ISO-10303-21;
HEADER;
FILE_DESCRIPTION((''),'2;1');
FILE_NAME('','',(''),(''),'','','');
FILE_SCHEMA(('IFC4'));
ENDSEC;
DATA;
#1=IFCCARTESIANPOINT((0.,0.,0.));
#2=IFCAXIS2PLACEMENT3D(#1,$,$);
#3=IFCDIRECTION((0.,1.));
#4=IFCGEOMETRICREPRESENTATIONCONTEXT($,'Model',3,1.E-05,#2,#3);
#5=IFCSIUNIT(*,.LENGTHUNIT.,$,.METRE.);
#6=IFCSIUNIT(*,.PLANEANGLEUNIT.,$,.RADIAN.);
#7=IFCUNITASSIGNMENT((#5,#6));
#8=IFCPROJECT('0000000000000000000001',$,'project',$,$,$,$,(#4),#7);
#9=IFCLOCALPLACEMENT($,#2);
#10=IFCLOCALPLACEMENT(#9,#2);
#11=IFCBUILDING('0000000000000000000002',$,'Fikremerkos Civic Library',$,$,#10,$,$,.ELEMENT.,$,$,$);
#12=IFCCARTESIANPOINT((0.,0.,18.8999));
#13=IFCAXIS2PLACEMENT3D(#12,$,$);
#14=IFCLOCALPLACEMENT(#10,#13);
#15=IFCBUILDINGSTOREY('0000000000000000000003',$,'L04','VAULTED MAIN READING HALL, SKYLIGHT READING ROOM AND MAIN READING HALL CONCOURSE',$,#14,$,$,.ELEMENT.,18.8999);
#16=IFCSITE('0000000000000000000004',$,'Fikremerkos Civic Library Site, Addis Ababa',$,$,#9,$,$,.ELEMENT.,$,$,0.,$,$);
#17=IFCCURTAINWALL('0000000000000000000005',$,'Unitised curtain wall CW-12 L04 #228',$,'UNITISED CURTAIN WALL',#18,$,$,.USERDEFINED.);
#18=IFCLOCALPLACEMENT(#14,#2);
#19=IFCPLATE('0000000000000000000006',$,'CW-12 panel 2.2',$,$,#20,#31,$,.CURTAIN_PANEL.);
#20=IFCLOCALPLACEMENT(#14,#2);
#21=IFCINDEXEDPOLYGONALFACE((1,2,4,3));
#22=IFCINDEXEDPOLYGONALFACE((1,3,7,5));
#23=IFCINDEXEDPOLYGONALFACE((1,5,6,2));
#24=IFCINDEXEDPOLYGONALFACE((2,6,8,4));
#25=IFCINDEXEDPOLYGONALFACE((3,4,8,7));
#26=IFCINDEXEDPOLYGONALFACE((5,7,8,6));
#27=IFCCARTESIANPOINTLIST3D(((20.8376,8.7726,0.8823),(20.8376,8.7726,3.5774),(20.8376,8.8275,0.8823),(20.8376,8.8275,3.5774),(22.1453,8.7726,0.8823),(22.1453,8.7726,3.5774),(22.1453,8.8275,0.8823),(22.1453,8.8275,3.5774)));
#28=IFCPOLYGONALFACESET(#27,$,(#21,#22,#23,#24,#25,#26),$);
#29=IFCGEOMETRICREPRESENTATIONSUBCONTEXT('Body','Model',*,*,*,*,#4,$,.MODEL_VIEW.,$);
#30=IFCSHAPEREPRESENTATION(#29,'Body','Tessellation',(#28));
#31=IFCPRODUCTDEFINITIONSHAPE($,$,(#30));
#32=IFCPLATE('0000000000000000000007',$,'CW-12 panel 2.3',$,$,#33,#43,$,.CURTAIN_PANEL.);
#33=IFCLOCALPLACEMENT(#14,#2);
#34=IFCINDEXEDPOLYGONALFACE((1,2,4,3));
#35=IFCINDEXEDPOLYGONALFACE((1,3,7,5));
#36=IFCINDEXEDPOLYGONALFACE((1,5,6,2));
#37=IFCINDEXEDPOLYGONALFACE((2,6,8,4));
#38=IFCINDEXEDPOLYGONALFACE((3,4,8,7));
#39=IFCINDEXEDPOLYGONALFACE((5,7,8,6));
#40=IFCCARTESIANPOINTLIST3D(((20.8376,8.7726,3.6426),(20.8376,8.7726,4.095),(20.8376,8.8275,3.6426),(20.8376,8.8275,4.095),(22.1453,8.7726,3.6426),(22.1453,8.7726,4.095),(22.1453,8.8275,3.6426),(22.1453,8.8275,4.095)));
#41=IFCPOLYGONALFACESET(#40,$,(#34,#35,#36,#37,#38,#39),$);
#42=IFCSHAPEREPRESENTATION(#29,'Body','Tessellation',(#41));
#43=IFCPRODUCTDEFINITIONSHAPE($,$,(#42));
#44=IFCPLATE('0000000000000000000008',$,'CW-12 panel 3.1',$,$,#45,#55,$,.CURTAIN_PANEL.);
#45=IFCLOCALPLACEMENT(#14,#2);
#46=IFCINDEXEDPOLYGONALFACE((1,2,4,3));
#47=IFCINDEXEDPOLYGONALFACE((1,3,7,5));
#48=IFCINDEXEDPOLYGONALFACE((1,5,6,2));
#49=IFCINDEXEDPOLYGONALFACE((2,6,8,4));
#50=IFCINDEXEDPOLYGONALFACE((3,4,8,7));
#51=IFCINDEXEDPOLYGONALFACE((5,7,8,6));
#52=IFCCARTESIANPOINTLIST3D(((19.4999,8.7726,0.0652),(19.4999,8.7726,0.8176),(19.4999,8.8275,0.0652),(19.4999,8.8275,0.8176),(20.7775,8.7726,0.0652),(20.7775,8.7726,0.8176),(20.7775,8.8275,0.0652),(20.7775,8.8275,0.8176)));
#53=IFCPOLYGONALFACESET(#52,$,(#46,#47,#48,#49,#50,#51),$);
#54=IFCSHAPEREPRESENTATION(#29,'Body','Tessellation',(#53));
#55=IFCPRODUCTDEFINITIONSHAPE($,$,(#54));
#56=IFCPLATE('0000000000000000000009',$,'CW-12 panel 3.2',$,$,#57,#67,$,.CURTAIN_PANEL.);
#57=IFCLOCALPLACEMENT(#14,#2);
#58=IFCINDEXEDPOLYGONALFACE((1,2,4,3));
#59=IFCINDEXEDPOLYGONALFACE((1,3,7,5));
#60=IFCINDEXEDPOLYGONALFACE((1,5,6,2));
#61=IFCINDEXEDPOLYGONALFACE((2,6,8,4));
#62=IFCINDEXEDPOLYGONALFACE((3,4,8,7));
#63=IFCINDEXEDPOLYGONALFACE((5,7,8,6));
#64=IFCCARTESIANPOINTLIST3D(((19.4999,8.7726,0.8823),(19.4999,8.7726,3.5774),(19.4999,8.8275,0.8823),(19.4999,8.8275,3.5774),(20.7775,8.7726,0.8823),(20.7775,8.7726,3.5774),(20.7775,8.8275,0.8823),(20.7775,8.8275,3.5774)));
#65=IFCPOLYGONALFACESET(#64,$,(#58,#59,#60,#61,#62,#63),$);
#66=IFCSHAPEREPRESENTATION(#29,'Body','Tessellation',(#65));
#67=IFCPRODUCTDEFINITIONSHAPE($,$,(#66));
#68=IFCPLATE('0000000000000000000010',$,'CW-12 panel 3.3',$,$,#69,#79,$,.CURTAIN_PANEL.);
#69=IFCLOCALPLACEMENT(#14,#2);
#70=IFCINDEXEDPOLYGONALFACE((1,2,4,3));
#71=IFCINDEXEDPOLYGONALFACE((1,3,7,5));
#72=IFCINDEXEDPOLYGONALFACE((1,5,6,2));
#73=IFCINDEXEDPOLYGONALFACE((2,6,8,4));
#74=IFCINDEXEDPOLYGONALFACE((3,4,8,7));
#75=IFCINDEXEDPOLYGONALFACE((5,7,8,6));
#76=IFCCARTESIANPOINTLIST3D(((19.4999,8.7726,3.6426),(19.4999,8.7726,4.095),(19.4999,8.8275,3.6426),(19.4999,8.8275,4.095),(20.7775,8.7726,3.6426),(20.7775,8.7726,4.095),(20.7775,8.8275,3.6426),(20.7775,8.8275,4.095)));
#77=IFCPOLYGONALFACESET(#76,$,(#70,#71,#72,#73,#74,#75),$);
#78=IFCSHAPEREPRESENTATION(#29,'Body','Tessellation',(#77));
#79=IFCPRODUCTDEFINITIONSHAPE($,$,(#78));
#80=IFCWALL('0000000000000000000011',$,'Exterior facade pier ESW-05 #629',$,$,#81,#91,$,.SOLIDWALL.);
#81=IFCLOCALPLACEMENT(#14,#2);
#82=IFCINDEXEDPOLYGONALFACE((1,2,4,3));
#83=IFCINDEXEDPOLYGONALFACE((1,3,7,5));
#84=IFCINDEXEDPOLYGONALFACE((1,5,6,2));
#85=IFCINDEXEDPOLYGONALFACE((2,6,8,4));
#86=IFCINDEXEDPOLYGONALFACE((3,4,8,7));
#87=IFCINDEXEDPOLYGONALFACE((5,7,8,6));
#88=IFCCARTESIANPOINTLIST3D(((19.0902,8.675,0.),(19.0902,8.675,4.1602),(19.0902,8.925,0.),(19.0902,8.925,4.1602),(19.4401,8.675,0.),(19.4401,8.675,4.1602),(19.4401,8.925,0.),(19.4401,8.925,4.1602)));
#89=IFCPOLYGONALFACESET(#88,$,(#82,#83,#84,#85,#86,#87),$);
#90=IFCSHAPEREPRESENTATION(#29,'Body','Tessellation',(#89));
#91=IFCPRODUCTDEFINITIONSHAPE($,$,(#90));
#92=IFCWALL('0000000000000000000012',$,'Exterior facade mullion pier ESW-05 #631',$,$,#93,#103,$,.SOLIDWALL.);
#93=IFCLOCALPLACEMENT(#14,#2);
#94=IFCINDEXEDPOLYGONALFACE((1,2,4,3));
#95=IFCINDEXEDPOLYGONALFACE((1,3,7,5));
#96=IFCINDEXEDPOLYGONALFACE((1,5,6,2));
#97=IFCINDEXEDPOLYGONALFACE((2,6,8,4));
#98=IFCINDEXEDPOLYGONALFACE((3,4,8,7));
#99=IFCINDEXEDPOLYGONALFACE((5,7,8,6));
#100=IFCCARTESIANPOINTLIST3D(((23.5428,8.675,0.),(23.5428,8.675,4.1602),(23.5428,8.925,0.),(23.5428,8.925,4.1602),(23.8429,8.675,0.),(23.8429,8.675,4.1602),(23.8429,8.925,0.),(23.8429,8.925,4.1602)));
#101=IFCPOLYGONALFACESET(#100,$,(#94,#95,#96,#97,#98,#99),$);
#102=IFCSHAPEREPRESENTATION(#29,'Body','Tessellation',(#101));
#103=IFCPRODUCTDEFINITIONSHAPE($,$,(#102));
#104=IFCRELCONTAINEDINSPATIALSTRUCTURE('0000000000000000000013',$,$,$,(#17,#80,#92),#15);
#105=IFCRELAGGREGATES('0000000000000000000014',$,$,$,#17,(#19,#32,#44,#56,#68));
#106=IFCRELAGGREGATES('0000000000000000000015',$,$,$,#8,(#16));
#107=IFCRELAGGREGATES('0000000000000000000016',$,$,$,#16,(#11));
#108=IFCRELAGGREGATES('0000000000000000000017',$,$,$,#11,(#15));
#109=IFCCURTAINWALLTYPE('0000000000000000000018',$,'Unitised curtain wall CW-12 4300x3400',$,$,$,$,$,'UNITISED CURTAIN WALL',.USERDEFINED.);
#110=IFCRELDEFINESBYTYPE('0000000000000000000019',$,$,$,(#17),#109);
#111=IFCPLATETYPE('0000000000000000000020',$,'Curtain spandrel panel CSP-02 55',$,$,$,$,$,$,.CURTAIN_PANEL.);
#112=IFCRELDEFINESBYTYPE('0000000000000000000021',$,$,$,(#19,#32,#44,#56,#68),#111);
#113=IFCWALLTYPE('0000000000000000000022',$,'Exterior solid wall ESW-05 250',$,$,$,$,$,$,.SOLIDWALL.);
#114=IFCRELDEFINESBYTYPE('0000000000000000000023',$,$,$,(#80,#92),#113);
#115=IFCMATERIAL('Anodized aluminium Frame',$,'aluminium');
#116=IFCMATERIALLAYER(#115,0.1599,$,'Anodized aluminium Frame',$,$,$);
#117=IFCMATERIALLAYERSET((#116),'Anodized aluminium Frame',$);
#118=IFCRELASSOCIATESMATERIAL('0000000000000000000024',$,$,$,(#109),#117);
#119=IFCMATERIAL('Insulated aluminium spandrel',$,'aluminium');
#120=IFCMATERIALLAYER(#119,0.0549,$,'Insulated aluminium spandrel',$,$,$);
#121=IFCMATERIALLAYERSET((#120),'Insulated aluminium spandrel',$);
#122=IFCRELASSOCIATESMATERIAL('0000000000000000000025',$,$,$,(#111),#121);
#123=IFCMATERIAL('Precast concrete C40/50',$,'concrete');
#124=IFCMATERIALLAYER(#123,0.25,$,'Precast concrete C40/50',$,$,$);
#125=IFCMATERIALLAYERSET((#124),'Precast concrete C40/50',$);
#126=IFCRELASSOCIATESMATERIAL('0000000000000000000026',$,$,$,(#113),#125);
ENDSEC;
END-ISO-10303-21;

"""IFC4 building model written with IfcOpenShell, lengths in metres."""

from ifc_helpers import new_model, si_unit, direction, frame, frame_2d, origin, origin_2d, place, context, subcontext, project, spatial, rectangle, extrude, material, layer, layer_set, type_object, element, aggregate, save


model = new_model("IFC4")

# Units and contexts
model_context = context("Model", 3, precision=1e-05, world=origin(), true_north=direction((0.0, 1.0)))
body_context = subcontext(model_context, "Body", "Model", "MODEL_VIEW")
ifc_project = project(units=[si_unit("LENGTHUNIT", "METRE"), si_unit("PLANEANGLEUNIT", "RADIAN")], contexts=[model_context])

# Site, building, storey
site_placement = place(None, origin())
site = spatial("IfcSite", under=ifc_project, at=site_placement, Name="Fikremerkos Civic Library Site, Addis Ababa", CompositionType="ELEMENT", RefElevation=0.0)
building_placement = place(site_placement, origin())
building = spatial("IfcBuilding", under=site, at=building_placement, Name="Fikremerkos Civic Library", CompositionType="ELEMENT")
storey_placement = place(building_placement, frame((0.0, 0.0, 18.8999)))
storey = spatial("IfcBuildingStorey", under=building, at=storey_placement, Name="L04", Description="VAULTED MAIN READING HALL, SKYLIGHT READING ROOM AND MAIN READING HALL CONCOURSE", CompositionType="ELEMENT", Elevation=18.8999)

# Curtain wall
ifc_material_1 = material(Name="Anodized aluminium Frame", Category="aluminium")
ifc_layer_1 = layer(ifc_material_1, 0.1599, Name="Anodized aluminium Frame")
ifc_layer_set_1 = layer_set([ifc_layer_1], Name="Anodized aluminium Frame")
curtain_wall_type_1 = type_object("IfcCurtainWallType", Name="Unitised curtain wall CW-12 4300x3400", ElementType="UNITISED CURTAIN WALL", PredefinedType="USERDEFINED", material=ifc_layer_set_1)
curtain_wall_1_placement = place(storey_placement, origin())
curtain_wall_1 = element("IfcCurtainWall", 1, at=curtain_wall_1_placement, inside=storey, type_object=curtain_wall_type_1, Name="Unitised curtain wall CW-12 L04 #228", ObjectType="UNITISED CURTAIN WALL", PredefinedType="USERDEFINED")

# Plates
ifc_material_2 = material(Name="Insulated aluminium spandrel", Category="aluminium")
ifc_layer_2 = layer(ifc_material_2, 0.0549, Name="Insulated aluminium spandrel")
ifc_layer_set_2 = layer_set([ifc_layer_2], Name="Insulated aluminium spandrel")
plate_type_1 = type_object("IfcPlateType", Name="Curtain spandrel panel CSP-02 55", PredefinedType="CURTAIN_PANEL", material=ifc_layer_set_2)
plate_1_placement = place(storey_placement, frame((21.4915, 8.8, 0.8823), z_axis=(0.0, 0.0, 1.0), x_axis=(-1.0, 0.0, 0.0)))
plate_1 = element("IfcPlate", 2, at=plate_1_placement, type_object=plate_type_1, Name="CW-12 panel 2.2", PredefinedType="CURTAIN_PANEL", context=body_context, shape_type="SweptSolid", body=[
    extrude(rectangle(XDim=1.3076, YDim=0.0549, at=origin_2d()), origin(), (0.0, 0.0, 1.0), 2.6951),
])
plate_2_placement = place(storey_placement, frame((21.4915, 8.8, 3.6426), z_axis=(0.0, 0.0, 1.0), x_axis=(-1.0, 0.0, 0.0)))
plate_2 = element("IfcPlate", 3, at=plate_2_placement, type_object=plate_type_1, Name="CW-12 panel 2.3", PredefinedType="CURTAIN_PANEL", context=body_context, shape_type="SweptSolid", body=[
    extrude(rectangle(XDim=1.3076, YDim=0.0549, at=origin_2d()), origin(), (0.0, 0.0, 1.0), 0.4524),
])
plate_3_placement = place(storey_placement, frame((20.1387, 8.8, 0.0652), z_axis=(0.0, 0.0, 1.0), x_axis=(-1.0, 0.0, 0.0)))
plate_3 = element("IfcPlate", 4, at=plate_3_placement, type_object=plate_type_1, Name="CW-12 panel 3.1", PredefinedType="CURTAIN_PANEL", context=body_context, shape_type="SweptSolid", body=[
    extrude(rectangle(XDim=1.2776, YDim=0.0549, at=origin_2d()), origin(), (0.0, 0.0, 1.0), 0.7524),
])
plate_4_placement = place(storey_placement, frame((20.1387, 8.8, 0.8823), z_axis=(0.0, 0.0, 1.0), x_axis=(-1.0, 0.0, 0.0)))
plate_4 = element("IfcPlate", 5, at=plate_4_placement, type_object=plate_type_1, Name="CW-12 panel 3.2", PredefinedType="CURTAIN_PANEL", context=body_context, shape_type="SweptSolid", body=[
    extrude(rectangle(XDim=1.2776, YDim=0.0549, at=origin_2d()), origin(), (0.0, 0.0, 1.0), 2.6951),
])
plate_5_placement = place(storey_placement, frame((20.1387, 8.8, 3.6426), z_axis=(0.0, 0.0, 1.0), x_axis=(-1.0, 0.0, 0.0)))
plate_5 = element("IfcPlate", 6, at=plate_5_placement, type_object=plate_type_1, Name="CW-12 panel 3.3", PredefinedType="CURTAIN_PANEL", context=body_context, shape_type="SweptSolid", body=[
    extrude(rectangle(XDim=1.2776, YDim=0.0549, at=origin_2d()), origin(), (0.0, 0.0, 1.0), 0.4524),
])
aggregate(curtain_wall_1, [plate_1, plate_2, plate_3, plate_4, plate_5])

# Walls
ifc_material_3 = material(Name="Precast concrete C40/50", Category="concrete")
ifc_layer_3 = layer(ifc_material_3, 0.25, Name="Precast concrete C40/50")
ifc_layer_set_3 = layer_set([ifc_layer_3], Name="Precast concrete C40/50")
wall_type = type_object("IfcWallType", Name="Exterior solid wall ESW-05 250", PredefinedType="SOLIDWALL", material=ifc_layer_set_3)
wall_1_placement = place(storey_placement, frame((19.4399, 8.8, 0.0), z_axis=(0.0, 0.0, 1.0), x_axis=(-1.0, 0.0, 0.0)))
element("IfcWall", 7, at=wall_1_placement, inside=storey, type_object=wall_type, Name="Exterior facade pier ESW-05 #629", PredefinedType="SOLIDWALL", context=body_context, shape_type="SweptSolid", body=[
    extrude(rectangle(XDim=0.3499, YDim=0.25, at=frame_2d((0.1748, 0.0))), origin(), (0.0, 0.0, 1.0), 4.1602),
])
wall_2_placement = place(storey_placement, frame((23.8428, 8.8, 0.0), z_axis=(0.0, 0.0, 1.0), x_axis=(-1.0, 0.0, 0.0)))
element("IfcWall", 8, at=wall_2_placement, inside=storey, type_object=wall_type, Name="Exterior facade mullion pier ESW-05 #631", PredefinedType="SOLIDWALL", context=body_context, shape_type="SweptSolid", body=[
    extrude(rectangle(XDim=0.3, YDim=0.25, at=frame_2d((0.1499, 0.0))), origin(), (0.0, 0.0, 1.0), 4.1602),
])

save(model, "model.ifc")
